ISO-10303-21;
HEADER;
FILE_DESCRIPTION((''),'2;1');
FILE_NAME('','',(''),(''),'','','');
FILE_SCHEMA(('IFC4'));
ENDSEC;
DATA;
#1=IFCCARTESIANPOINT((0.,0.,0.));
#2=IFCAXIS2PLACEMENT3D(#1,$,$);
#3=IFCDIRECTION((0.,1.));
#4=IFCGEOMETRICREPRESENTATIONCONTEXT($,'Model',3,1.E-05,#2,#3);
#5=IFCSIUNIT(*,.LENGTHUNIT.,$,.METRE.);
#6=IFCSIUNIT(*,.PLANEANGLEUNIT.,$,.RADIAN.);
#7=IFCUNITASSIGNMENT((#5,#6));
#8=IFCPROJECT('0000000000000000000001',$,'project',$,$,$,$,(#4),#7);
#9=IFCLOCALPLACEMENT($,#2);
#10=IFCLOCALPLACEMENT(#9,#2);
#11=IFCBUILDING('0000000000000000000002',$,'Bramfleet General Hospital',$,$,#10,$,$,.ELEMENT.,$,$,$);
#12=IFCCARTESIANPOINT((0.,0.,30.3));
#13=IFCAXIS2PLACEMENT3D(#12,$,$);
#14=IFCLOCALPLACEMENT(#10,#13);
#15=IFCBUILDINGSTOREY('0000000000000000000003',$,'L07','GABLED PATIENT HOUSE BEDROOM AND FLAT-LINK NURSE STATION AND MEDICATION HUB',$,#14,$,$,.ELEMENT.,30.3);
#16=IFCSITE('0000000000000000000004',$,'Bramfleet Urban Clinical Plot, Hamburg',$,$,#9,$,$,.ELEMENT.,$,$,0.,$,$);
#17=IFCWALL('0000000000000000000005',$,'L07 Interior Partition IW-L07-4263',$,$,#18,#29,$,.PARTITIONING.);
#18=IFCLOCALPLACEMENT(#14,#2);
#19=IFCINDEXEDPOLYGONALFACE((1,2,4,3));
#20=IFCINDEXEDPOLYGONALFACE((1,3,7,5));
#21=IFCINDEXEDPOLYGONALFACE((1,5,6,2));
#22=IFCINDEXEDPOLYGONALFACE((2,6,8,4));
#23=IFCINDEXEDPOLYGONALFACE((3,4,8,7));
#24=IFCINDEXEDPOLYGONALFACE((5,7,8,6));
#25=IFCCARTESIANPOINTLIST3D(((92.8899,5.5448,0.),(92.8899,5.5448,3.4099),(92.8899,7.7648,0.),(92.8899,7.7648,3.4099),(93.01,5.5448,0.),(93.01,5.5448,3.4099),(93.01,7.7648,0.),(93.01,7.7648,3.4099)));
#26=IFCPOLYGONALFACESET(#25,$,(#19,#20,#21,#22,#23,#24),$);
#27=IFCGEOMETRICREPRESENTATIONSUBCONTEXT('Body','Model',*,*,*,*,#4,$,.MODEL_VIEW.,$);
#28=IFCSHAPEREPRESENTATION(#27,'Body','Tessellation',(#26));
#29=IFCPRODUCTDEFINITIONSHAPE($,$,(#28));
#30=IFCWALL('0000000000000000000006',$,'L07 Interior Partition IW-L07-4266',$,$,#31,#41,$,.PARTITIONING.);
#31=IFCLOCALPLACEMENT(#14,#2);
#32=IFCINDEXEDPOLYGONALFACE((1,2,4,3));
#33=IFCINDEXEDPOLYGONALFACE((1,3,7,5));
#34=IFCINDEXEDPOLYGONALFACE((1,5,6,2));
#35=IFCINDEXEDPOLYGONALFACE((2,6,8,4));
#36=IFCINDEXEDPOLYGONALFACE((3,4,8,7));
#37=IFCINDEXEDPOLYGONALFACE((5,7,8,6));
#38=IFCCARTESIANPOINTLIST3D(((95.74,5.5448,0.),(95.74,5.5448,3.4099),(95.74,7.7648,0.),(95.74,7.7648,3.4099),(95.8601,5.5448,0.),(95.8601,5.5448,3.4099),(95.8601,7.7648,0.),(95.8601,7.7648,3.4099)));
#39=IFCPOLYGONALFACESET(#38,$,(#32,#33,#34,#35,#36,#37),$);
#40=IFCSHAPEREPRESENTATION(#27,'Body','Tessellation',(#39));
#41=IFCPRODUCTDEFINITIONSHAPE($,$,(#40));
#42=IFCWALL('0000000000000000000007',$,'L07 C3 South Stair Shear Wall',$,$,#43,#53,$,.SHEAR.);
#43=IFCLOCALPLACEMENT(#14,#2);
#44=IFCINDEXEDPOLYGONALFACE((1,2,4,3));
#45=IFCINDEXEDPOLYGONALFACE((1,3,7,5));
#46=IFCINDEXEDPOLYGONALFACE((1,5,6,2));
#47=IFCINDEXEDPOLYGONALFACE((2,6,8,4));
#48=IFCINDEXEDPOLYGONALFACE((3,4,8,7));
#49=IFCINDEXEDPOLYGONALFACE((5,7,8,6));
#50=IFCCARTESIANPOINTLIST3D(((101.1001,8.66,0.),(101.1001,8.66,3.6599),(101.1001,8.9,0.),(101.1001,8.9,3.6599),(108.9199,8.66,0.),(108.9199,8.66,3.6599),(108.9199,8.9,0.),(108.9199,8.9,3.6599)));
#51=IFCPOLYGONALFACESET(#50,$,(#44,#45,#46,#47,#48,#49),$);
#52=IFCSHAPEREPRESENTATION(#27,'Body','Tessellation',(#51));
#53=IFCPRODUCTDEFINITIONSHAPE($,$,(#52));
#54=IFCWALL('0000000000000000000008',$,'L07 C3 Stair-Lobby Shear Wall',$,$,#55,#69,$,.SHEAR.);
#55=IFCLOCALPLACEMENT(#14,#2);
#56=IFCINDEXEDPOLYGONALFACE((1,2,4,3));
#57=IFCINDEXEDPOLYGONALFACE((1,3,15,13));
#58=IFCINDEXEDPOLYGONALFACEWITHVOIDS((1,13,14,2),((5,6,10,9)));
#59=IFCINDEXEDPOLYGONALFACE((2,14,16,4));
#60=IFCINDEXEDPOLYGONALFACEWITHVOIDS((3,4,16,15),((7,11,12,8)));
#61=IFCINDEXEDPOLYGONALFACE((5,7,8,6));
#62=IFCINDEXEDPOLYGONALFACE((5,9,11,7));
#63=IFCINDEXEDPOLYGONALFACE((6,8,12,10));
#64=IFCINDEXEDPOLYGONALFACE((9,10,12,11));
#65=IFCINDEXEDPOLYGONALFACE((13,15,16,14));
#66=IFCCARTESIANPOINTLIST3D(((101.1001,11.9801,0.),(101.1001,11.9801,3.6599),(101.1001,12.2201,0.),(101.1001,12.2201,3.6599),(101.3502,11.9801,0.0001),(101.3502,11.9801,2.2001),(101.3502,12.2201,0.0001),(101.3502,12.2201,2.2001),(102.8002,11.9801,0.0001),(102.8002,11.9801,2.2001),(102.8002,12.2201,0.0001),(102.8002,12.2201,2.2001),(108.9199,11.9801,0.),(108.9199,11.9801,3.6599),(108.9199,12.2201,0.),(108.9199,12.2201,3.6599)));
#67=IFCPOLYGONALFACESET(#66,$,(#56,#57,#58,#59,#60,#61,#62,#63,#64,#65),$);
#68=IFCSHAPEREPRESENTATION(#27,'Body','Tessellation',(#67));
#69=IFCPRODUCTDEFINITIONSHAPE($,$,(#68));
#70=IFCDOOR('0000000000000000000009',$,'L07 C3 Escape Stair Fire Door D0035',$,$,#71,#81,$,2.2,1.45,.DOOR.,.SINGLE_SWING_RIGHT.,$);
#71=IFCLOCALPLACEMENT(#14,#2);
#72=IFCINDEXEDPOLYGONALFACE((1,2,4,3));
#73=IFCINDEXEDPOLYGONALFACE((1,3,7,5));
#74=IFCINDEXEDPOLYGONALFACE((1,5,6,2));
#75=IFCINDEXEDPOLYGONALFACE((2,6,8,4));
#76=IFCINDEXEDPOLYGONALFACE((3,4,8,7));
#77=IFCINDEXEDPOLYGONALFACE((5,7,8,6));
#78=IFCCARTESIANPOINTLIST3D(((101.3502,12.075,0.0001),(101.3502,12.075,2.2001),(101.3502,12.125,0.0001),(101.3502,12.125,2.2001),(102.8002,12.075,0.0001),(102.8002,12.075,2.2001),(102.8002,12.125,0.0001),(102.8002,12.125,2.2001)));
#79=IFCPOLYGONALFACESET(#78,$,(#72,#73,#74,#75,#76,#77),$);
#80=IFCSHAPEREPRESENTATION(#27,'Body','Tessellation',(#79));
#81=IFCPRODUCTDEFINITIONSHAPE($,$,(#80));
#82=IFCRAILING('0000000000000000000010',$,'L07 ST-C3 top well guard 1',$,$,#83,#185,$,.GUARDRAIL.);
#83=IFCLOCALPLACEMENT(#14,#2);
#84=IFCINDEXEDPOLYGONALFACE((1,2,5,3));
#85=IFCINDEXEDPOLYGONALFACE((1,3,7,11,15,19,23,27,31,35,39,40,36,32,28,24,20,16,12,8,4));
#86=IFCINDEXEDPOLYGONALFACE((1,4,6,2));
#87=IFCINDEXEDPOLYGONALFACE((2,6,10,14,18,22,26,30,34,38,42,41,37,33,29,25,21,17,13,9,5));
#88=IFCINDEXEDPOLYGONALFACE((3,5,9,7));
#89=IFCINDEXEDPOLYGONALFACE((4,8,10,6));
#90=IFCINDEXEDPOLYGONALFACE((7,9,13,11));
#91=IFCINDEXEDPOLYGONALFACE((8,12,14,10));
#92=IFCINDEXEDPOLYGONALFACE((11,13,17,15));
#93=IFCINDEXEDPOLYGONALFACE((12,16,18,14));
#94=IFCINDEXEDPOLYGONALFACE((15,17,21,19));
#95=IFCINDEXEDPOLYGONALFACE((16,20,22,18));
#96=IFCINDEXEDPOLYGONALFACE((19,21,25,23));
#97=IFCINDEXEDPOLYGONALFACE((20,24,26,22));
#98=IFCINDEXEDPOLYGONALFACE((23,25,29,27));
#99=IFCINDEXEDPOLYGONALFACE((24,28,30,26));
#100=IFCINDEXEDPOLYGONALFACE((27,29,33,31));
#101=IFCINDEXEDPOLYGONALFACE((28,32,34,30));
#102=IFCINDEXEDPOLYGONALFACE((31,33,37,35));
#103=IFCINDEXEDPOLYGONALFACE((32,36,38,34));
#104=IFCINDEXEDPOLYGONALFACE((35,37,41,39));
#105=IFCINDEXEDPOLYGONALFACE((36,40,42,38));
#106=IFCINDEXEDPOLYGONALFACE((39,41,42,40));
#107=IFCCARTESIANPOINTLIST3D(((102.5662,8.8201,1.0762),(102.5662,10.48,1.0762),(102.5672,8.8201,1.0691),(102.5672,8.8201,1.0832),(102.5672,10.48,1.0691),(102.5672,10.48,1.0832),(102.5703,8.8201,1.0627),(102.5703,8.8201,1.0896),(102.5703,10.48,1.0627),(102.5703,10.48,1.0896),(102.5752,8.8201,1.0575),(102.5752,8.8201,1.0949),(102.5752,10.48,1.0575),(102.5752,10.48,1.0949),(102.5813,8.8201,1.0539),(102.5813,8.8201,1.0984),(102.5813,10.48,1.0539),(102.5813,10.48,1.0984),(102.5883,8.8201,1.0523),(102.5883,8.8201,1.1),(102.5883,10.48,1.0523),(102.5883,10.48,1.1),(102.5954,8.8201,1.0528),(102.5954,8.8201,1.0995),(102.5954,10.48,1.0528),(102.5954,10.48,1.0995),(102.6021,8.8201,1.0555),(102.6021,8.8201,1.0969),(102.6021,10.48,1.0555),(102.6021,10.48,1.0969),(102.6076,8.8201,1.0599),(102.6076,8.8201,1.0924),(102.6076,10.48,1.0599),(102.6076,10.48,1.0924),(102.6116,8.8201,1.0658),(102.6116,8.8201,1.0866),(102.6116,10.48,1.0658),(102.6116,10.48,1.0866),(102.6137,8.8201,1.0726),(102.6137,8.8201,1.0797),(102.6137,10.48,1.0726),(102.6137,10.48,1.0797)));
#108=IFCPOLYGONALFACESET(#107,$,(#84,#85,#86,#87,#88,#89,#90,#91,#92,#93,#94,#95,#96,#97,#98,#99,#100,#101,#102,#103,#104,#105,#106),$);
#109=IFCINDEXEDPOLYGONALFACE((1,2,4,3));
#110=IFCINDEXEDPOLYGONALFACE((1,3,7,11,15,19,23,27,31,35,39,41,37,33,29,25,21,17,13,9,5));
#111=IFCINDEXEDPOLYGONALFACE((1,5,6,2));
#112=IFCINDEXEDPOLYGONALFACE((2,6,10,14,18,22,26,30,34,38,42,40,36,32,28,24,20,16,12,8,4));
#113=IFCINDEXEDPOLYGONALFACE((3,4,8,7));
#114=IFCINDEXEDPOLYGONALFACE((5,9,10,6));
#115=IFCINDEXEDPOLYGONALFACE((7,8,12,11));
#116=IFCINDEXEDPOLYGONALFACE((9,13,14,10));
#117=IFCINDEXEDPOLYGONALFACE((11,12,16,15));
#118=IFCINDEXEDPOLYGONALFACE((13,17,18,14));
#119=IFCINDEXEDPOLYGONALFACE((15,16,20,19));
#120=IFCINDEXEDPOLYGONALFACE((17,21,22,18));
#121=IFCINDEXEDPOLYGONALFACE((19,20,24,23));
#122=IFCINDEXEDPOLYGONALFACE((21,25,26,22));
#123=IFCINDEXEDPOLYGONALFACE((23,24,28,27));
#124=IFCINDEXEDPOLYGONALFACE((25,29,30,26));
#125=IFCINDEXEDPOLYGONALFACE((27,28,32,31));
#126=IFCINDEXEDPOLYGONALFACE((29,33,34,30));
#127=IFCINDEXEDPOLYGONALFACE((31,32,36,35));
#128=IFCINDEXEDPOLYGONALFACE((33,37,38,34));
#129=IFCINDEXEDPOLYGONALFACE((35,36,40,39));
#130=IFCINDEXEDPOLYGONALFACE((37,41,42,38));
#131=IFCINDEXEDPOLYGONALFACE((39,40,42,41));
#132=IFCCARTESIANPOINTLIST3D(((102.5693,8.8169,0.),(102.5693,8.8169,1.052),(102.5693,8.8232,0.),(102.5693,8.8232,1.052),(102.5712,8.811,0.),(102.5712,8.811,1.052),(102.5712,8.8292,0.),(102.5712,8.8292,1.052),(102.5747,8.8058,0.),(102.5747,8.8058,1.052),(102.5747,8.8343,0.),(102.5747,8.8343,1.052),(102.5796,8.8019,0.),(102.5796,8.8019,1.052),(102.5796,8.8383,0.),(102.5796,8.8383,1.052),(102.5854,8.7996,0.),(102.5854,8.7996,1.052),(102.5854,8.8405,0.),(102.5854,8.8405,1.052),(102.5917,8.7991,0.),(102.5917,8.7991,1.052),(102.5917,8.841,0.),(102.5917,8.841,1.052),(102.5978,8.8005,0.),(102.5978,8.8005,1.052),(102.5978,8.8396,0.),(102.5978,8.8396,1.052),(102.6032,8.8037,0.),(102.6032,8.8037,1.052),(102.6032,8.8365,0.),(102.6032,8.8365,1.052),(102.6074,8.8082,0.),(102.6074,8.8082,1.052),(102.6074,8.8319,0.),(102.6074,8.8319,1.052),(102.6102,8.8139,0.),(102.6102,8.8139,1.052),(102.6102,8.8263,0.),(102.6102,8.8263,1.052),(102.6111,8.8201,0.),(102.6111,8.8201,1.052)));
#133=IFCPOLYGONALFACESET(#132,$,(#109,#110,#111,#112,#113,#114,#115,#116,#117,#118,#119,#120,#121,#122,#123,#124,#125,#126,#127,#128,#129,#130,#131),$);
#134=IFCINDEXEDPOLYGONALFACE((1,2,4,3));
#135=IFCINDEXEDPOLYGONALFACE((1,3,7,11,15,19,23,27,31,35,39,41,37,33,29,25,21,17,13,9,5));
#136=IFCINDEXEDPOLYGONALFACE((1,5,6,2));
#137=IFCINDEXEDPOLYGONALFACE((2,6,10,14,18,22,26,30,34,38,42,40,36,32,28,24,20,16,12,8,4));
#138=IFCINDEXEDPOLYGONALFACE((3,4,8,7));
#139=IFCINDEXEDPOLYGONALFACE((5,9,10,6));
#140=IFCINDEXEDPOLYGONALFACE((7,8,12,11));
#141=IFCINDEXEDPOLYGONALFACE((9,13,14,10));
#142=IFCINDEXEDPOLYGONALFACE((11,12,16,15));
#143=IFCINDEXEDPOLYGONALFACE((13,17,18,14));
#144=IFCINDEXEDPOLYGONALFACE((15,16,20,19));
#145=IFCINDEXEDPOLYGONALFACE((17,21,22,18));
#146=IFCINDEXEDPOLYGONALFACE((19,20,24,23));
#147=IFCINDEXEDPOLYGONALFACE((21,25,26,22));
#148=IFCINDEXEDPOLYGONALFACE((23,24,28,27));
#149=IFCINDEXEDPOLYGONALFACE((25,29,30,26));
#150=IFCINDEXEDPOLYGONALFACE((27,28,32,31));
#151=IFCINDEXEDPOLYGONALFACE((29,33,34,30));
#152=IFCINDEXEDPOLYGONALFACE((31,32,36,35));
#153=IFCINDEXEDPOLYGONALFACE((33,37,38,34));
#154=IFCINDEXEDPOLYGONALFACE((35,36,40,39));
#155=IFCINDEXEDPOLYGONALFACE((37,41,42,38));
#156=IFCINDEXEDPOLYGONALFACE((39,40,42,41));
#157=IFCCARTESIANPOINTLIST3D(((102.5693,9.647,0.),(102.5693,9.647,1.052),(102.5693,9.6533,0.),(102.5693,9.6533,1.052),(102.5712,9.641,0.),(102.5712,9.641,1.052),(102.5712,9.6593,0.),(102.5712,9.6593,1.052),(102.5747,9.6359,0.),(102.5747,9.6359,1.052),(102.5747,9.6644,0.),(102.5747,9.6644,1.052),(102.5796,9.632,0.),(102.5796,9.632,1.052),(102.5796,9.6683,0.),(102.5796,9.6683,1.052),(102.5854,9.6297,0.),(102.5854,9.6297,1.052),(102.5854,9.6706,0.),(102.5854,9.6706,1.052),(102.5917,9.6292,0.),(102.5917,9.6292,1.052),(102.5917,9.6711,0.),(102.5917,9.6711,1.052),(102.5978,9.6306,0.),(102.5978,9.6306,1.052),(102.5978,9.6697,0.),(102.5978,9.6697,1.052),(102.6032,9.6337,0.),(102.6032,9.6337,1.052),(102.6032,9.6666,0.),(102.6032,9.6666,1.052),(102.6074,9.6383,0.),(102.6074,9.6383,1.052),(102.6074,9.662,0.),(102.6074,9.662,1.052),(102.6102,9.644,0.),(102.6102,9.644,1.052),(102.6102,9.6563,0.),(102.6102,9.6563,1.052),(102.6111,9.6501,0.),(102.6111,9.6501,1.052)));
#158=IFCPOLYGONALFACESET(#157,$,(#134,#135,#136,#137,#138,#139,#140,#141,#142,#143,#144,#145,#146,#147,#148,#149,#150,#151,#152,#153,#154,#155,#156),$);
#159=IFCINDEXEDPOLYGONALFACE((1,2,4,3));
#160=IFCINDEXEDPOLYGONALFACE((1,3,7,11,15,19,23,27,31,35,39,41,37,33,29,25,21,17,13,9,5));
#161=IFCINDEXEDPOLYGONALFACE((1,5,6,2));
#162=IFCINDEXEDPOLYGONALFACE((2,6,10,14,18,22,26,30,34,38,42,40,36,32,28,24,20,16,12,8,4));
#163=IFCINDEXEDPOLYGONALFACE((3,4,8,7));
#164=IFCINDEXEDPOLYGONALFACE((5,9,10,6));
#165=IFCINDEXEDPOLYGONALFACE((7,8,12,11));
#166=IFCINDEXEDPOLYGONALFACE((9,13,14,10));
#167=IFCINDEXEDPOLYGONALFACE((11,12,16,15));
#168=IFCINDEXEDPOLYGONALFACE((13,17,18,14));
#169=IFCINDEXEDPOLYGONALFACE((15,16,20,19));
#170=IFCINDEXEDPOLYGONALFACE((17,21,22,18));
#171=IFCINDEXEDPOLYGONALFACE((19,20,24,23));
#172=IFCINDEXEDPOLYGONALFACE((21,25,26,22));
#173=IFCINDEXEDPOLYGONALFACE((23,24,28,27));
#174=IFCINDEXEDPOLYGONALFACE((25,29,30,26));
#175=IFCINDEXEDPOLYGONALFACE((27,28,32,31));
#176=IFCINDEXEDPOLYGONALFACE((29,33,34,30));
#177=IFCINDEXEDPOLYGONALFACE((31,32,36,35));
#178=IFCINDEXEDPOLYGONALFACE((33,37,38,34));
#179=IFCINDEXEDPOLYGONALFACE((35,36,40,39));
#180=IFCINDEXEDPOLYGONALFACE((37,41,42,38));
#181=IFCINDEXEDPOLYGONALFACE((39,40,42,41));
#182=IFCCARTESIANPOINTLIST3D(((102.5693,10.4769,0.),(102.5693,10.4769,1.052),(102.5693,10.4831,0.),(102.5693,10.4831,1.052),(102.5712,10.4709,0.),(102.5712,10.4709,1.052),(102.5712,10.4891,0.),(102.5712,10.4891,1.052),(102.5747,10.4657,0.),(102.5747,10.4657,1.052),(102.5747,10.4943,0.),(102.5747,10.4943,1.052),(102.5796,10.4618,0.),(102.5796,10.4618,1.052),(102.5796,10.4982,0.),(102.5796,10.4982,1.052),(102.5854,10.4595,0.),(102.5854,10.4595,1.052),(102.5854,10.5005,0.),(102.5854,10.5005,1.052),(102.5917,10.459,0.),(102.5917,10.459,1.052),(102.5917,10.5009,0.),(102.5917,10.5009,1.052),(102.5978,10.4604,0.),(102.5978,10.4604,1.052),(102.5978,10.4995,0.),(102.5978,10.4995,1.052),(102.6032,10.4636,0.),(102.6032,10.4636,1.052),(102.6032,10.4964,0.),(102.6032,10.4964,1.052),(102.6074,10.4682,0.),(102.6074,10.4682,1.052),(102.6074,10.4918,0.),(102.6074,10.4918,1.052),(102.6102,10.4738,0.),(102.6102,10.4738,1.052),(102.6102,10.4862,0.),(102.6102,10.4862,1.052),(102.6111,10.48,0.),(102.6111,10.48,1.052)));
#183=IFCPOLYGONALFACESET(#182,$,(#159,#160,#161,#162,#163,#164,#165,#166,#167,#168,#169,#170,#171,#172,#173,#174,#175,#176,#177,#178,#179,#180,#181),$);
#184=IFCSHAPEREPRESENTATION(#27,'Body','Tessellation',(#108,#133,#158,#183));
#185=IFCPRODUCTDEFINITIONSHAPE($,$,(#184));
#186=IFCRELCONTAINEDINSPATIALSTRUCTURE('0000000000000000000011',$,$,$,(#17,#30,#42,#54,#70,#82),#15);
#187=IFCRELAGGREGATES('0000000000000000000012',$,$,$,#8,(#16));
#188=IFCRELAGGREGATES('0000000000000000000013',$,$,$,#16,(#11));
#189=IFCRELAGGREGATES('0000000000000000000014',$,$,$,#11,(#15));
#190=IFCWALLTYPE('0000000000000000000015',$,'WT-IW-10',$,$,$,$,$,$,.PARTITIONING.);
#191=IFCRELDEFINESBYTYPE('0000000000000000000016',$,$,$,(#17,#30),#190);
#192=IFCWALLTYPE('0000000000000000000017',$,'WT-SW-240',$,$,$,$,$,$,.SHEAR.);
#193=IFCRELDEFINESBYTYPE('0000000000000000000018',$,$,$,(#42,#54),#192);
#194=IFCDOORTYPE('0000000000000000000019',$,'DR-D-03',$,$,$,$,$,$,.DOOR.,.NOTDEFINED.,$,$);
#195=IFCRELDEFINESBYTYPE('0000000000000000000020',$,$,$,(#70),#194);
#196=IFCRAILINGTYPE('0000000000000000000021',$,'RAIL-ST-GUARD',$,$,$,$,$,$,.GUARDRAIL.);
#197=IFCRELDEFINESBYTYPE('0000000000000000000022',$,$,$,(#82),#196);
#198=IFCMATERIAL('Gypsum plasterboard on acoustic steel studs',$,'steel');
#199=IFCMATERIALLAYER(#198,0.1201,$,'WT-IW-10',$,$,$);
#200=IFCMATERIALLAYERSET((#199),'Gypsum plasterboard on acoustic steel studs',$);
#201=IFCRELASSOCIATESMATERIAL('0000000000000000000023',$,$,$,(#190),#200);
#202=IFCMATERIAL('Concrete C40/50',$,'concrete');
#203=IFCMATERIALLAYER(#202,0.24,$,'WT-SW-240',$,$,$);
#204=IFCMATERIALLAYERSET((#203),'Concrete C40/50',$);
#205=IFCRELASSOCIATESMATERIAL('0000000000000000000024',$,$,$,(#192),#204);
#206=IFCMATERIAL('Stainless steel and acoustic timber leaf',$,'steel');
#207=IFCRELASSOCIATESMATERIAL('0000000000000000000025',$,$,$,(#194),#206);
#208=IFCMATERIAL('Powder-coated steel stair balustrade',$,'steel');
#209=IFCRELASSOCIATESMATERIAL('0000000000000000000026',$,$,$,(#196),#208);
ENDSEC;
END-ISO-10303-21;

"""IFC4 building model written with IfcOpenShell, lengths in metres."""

from ifc_helpers import new_model, si_unit, direction, frame, frame_2d, origin, origin_2d, place, context, subcontext, project, spatial, rectangle, circle, extrude, material, layer, layer_set, type_object, element, fill, save


model = new_model("IFC4")

# Units and contexts
model_context = context("Model", 3, precision=1e-05, world=origin(), true_north=direction((0.0, 1.0)))
body_context = subcontext(model_context, "Body", "Model", "MODEL_VIEW")
ifc_project = project(units=[si_unit("LENGTHUNIT", "METRE"), si_unit("PLANEANGLEUNIT", "RADIAN")], contexts=[model_context])

# Site, building, storey
site_placement = place(None, origin())
site = spatial("IfcSite", under=ifc_project, at=site_placement, Name="Bramfleet Urban Clinical Plot, Hamburg", CompositionType="ELEMENT", RefElevation=0.0)
building_placement = place(site_placement, origin())
building = spatial("IfcBuilding", under=site, at=building_placement, Name="Bramfleet General Hospital", CompositionType="ELEMENT")
storey_placement = place(building_placement, frame((0.0, 0.0, 30.3)))
storey = spatial("IfcBuildingStorey", under=building, at=storey_placement, Name="L07", Description="GABLED PATIENT HOUSE BEDROOM AND FLAT-LINK NURSE STATION AND MEDICATION HUB", CompositionType="ELEMENT", Elevation=30.3)

# Shared definitions
ifc_material_1 = material(Name="Concrete C40/50", Category="concrete")

# Shared definitions
ifc_material_2 = material(Name="Stainless steel and acoustic timber leaf", Category="steel")

# Shared definitions
ifc_material_3 = material(Name="Gypsum plasterboard on acoustic steel studs", Category="steel")

# Shared definitions
ifc_layer_1 = layer(ifc_material_3, 0.1201, Name="WT-IW-10")
ifc_layer_set_1 = layer_set([ifc_layer_1], Name="Gypsum plasterboard on acoustic steel studs")
wall_type_1 = type_object("IfcWallType", Name="WT-IW-10", PredefinedType="PARTITIONING", material=ifc_layer_set_1)

# Walls
for number, where, z_axis, x_axis, name in (
    (1, (92.95, 5.5449, 0.0), (0.0, 0.0, 1.0), (0.0, 1.0, 0.0), "L07 Interior Partition IW-L07-4263"),
    (2, (95.8, 5.5449, 0.0), (0.0, 0.0, 1.0), (0.0, 1.0, 0.0), "L07 Interior Partition IW-L07-4266"),
):
    element("IfcWall", number, at=place(storey_placement, frame(where, z_axis=z_axis, x_axis=x_axis)), inside=storey, type_object=wall_type_1, Name=name, PredefinedType="PARTITIONING", context=body_context, shape_type="SweptSolid", body=[
        extrude(rectangle(XDim=2.22, YDim=0.1201, at=frame_2d((1.1099, 0.0))), origin(), (0.0, 0.0, 1.0), 3.4099),
    ])
ifc_layer_2 = layer(ifc_material_1, 0.24, Name="WT-SW-240")
ifc_layer_set_2 = layer_set([ifc_layer_2], Name="Concrete C40/50")
wall_type_2 = type_object("IfcWallType", Name="WT-SW-240", PredefinedType="SHEAR", material=ifc_layer_set_2)
wall_1_placement = place(storey_placement, frame((101.1001, 8.78, 0.0), z_axis=(0.0, 0.0, 1.0), x_axis=(1.0, 0.0, 0.0)))
element("IfcWall", 3, at=wall_1_placement, inside=storey, type_object=wall_type_2, Name="L07 C3 South Stair Shear Wall", PredefinedType="SHEAR", context=body_context, shape_type="SweptSolid", body=[
    extrude(rectangle(XDim=7.8198, YDim=0.24, at=frame_2d((3.9099, 0.0))), origin(), (0.0, 0.0, 1.0), 3.6599),
])

# Wall, opening, door
wall_2_placement = place(storey_placement, frame((101.1001, 12.1001, 0.0), z_axis=(0.0, 0.0, 1.0), x_axis=(1.0, 0.0, 0.0)))
wall_2 = element("IfcWall", 4, at=wall_2_placement, inside=storey, type_object=wall_type_2, Name="L07 C3 Stair-Lobby Shear Wall", PredefinedType="SHEAR", context=body_context, shape_type="SweptSolid", body=[
    extrude(rectangle(XDim=7.8198, YDim=0.24, at=frame_2d((3.9099, 0.0))), origin(), (0.0, 0.0, 1.0), 3.6599),
])
opening_1_placement = place(wall_2_placement, frame((0.25, 0.0, 0.0)))
opening_1 = element("IfcOpeningElement", 5, at=opening_1_placement, cuts=wall_2, PredefinedType="OPENING", context=body_context, shape_type="SweptSolid", body=[
    extrude(rectangle(XDim=1.45, YDim=2.2, at=frame_2d((0.7251, 1.1001))), frame((0.0, 0.1299, 0.0), z_axis=(0.0, -1.0, 0.0), x_axis=(1.0, 0.0, 0.0)), (0.0, 0.0, 1.0), 0.26),
])
door_type_1 = type_object("IfcDoorType", Name="DR-D-03", OperationType="NOTDEFINED", PredefinedType="DOOR", material=ifc_material_2)
door_1_placement = place(opening_1_placement, origin())
door_1 = element("IfcDoor", 6, at=door_1_placement, inside=storey, type_object=door_type_1, Name="L07 C3 Escape Stair Fire Door D0035", OperationType="SINGLE_SWING_RIGHT", OverallHeight=2.2, OverallWidth=1.45, PredefinedType="DOOR", context=body_context, shape_type="SweptSolid", body=[
    extrude(rectangle(XDim=1.45, YDim=2.2, at=frame_2d((0.7251, 1.1001))), frame((0.0, 0.0249, 0.0), z_axis=(0.0, -1.0, 0.0), x_axis=(1.0, 0.0, 0.0)), (0.0, 0.0, 1.0), 0.05),
])
fill(opening_1, door_1)

# Railing
ifc_material_4 = material(Name="Powder-coated steel stair balustrade", Category="steel")
railing_type = type_object("IfcRailingType", Name="RAIL-ST-GUARD", PredefinedType="GUARDRAIL", material=ifc_material_4)
railing_placement = place(storey_placement, frame((102.5901, 8.8201, 0.0)))
element("IfcRailing", 7, at=railing_placement, inside=storey, type_object=railing_type, Name="L07 ST-C3 top well guard 1", PredefinedType="GUARDRAIL", context=body_context, shape_type="SweptSolid", body=[
    extrude(circle(Radius=0.0239, at=origin_2d()), frame((0.0, 0.0, 1.0762), z_axis=(0.0, 1.0, 0.0), x_axis=(-1.0, 0.0, 0.0)), (0.0, 0.0, 1.0), 1.6599),
    extrude(circle(Radius=0.021, at=origin_2d()), origin(), (0.0, 0.0, 1.0), 1.052),
    extrude(circle(Radius=0.021, at=origin_2d()), frame((0.0, 0.8301, 0.0)), (0.0, 0.0, 1.0), 1.052),
    extrude(circle(Radius=0.021, at=origin_2d()), frame((0.0, 1.6599, 0.0)), (0.0, 0.0, 1.0), 1.052),
])

save(model, "model.ifc")
